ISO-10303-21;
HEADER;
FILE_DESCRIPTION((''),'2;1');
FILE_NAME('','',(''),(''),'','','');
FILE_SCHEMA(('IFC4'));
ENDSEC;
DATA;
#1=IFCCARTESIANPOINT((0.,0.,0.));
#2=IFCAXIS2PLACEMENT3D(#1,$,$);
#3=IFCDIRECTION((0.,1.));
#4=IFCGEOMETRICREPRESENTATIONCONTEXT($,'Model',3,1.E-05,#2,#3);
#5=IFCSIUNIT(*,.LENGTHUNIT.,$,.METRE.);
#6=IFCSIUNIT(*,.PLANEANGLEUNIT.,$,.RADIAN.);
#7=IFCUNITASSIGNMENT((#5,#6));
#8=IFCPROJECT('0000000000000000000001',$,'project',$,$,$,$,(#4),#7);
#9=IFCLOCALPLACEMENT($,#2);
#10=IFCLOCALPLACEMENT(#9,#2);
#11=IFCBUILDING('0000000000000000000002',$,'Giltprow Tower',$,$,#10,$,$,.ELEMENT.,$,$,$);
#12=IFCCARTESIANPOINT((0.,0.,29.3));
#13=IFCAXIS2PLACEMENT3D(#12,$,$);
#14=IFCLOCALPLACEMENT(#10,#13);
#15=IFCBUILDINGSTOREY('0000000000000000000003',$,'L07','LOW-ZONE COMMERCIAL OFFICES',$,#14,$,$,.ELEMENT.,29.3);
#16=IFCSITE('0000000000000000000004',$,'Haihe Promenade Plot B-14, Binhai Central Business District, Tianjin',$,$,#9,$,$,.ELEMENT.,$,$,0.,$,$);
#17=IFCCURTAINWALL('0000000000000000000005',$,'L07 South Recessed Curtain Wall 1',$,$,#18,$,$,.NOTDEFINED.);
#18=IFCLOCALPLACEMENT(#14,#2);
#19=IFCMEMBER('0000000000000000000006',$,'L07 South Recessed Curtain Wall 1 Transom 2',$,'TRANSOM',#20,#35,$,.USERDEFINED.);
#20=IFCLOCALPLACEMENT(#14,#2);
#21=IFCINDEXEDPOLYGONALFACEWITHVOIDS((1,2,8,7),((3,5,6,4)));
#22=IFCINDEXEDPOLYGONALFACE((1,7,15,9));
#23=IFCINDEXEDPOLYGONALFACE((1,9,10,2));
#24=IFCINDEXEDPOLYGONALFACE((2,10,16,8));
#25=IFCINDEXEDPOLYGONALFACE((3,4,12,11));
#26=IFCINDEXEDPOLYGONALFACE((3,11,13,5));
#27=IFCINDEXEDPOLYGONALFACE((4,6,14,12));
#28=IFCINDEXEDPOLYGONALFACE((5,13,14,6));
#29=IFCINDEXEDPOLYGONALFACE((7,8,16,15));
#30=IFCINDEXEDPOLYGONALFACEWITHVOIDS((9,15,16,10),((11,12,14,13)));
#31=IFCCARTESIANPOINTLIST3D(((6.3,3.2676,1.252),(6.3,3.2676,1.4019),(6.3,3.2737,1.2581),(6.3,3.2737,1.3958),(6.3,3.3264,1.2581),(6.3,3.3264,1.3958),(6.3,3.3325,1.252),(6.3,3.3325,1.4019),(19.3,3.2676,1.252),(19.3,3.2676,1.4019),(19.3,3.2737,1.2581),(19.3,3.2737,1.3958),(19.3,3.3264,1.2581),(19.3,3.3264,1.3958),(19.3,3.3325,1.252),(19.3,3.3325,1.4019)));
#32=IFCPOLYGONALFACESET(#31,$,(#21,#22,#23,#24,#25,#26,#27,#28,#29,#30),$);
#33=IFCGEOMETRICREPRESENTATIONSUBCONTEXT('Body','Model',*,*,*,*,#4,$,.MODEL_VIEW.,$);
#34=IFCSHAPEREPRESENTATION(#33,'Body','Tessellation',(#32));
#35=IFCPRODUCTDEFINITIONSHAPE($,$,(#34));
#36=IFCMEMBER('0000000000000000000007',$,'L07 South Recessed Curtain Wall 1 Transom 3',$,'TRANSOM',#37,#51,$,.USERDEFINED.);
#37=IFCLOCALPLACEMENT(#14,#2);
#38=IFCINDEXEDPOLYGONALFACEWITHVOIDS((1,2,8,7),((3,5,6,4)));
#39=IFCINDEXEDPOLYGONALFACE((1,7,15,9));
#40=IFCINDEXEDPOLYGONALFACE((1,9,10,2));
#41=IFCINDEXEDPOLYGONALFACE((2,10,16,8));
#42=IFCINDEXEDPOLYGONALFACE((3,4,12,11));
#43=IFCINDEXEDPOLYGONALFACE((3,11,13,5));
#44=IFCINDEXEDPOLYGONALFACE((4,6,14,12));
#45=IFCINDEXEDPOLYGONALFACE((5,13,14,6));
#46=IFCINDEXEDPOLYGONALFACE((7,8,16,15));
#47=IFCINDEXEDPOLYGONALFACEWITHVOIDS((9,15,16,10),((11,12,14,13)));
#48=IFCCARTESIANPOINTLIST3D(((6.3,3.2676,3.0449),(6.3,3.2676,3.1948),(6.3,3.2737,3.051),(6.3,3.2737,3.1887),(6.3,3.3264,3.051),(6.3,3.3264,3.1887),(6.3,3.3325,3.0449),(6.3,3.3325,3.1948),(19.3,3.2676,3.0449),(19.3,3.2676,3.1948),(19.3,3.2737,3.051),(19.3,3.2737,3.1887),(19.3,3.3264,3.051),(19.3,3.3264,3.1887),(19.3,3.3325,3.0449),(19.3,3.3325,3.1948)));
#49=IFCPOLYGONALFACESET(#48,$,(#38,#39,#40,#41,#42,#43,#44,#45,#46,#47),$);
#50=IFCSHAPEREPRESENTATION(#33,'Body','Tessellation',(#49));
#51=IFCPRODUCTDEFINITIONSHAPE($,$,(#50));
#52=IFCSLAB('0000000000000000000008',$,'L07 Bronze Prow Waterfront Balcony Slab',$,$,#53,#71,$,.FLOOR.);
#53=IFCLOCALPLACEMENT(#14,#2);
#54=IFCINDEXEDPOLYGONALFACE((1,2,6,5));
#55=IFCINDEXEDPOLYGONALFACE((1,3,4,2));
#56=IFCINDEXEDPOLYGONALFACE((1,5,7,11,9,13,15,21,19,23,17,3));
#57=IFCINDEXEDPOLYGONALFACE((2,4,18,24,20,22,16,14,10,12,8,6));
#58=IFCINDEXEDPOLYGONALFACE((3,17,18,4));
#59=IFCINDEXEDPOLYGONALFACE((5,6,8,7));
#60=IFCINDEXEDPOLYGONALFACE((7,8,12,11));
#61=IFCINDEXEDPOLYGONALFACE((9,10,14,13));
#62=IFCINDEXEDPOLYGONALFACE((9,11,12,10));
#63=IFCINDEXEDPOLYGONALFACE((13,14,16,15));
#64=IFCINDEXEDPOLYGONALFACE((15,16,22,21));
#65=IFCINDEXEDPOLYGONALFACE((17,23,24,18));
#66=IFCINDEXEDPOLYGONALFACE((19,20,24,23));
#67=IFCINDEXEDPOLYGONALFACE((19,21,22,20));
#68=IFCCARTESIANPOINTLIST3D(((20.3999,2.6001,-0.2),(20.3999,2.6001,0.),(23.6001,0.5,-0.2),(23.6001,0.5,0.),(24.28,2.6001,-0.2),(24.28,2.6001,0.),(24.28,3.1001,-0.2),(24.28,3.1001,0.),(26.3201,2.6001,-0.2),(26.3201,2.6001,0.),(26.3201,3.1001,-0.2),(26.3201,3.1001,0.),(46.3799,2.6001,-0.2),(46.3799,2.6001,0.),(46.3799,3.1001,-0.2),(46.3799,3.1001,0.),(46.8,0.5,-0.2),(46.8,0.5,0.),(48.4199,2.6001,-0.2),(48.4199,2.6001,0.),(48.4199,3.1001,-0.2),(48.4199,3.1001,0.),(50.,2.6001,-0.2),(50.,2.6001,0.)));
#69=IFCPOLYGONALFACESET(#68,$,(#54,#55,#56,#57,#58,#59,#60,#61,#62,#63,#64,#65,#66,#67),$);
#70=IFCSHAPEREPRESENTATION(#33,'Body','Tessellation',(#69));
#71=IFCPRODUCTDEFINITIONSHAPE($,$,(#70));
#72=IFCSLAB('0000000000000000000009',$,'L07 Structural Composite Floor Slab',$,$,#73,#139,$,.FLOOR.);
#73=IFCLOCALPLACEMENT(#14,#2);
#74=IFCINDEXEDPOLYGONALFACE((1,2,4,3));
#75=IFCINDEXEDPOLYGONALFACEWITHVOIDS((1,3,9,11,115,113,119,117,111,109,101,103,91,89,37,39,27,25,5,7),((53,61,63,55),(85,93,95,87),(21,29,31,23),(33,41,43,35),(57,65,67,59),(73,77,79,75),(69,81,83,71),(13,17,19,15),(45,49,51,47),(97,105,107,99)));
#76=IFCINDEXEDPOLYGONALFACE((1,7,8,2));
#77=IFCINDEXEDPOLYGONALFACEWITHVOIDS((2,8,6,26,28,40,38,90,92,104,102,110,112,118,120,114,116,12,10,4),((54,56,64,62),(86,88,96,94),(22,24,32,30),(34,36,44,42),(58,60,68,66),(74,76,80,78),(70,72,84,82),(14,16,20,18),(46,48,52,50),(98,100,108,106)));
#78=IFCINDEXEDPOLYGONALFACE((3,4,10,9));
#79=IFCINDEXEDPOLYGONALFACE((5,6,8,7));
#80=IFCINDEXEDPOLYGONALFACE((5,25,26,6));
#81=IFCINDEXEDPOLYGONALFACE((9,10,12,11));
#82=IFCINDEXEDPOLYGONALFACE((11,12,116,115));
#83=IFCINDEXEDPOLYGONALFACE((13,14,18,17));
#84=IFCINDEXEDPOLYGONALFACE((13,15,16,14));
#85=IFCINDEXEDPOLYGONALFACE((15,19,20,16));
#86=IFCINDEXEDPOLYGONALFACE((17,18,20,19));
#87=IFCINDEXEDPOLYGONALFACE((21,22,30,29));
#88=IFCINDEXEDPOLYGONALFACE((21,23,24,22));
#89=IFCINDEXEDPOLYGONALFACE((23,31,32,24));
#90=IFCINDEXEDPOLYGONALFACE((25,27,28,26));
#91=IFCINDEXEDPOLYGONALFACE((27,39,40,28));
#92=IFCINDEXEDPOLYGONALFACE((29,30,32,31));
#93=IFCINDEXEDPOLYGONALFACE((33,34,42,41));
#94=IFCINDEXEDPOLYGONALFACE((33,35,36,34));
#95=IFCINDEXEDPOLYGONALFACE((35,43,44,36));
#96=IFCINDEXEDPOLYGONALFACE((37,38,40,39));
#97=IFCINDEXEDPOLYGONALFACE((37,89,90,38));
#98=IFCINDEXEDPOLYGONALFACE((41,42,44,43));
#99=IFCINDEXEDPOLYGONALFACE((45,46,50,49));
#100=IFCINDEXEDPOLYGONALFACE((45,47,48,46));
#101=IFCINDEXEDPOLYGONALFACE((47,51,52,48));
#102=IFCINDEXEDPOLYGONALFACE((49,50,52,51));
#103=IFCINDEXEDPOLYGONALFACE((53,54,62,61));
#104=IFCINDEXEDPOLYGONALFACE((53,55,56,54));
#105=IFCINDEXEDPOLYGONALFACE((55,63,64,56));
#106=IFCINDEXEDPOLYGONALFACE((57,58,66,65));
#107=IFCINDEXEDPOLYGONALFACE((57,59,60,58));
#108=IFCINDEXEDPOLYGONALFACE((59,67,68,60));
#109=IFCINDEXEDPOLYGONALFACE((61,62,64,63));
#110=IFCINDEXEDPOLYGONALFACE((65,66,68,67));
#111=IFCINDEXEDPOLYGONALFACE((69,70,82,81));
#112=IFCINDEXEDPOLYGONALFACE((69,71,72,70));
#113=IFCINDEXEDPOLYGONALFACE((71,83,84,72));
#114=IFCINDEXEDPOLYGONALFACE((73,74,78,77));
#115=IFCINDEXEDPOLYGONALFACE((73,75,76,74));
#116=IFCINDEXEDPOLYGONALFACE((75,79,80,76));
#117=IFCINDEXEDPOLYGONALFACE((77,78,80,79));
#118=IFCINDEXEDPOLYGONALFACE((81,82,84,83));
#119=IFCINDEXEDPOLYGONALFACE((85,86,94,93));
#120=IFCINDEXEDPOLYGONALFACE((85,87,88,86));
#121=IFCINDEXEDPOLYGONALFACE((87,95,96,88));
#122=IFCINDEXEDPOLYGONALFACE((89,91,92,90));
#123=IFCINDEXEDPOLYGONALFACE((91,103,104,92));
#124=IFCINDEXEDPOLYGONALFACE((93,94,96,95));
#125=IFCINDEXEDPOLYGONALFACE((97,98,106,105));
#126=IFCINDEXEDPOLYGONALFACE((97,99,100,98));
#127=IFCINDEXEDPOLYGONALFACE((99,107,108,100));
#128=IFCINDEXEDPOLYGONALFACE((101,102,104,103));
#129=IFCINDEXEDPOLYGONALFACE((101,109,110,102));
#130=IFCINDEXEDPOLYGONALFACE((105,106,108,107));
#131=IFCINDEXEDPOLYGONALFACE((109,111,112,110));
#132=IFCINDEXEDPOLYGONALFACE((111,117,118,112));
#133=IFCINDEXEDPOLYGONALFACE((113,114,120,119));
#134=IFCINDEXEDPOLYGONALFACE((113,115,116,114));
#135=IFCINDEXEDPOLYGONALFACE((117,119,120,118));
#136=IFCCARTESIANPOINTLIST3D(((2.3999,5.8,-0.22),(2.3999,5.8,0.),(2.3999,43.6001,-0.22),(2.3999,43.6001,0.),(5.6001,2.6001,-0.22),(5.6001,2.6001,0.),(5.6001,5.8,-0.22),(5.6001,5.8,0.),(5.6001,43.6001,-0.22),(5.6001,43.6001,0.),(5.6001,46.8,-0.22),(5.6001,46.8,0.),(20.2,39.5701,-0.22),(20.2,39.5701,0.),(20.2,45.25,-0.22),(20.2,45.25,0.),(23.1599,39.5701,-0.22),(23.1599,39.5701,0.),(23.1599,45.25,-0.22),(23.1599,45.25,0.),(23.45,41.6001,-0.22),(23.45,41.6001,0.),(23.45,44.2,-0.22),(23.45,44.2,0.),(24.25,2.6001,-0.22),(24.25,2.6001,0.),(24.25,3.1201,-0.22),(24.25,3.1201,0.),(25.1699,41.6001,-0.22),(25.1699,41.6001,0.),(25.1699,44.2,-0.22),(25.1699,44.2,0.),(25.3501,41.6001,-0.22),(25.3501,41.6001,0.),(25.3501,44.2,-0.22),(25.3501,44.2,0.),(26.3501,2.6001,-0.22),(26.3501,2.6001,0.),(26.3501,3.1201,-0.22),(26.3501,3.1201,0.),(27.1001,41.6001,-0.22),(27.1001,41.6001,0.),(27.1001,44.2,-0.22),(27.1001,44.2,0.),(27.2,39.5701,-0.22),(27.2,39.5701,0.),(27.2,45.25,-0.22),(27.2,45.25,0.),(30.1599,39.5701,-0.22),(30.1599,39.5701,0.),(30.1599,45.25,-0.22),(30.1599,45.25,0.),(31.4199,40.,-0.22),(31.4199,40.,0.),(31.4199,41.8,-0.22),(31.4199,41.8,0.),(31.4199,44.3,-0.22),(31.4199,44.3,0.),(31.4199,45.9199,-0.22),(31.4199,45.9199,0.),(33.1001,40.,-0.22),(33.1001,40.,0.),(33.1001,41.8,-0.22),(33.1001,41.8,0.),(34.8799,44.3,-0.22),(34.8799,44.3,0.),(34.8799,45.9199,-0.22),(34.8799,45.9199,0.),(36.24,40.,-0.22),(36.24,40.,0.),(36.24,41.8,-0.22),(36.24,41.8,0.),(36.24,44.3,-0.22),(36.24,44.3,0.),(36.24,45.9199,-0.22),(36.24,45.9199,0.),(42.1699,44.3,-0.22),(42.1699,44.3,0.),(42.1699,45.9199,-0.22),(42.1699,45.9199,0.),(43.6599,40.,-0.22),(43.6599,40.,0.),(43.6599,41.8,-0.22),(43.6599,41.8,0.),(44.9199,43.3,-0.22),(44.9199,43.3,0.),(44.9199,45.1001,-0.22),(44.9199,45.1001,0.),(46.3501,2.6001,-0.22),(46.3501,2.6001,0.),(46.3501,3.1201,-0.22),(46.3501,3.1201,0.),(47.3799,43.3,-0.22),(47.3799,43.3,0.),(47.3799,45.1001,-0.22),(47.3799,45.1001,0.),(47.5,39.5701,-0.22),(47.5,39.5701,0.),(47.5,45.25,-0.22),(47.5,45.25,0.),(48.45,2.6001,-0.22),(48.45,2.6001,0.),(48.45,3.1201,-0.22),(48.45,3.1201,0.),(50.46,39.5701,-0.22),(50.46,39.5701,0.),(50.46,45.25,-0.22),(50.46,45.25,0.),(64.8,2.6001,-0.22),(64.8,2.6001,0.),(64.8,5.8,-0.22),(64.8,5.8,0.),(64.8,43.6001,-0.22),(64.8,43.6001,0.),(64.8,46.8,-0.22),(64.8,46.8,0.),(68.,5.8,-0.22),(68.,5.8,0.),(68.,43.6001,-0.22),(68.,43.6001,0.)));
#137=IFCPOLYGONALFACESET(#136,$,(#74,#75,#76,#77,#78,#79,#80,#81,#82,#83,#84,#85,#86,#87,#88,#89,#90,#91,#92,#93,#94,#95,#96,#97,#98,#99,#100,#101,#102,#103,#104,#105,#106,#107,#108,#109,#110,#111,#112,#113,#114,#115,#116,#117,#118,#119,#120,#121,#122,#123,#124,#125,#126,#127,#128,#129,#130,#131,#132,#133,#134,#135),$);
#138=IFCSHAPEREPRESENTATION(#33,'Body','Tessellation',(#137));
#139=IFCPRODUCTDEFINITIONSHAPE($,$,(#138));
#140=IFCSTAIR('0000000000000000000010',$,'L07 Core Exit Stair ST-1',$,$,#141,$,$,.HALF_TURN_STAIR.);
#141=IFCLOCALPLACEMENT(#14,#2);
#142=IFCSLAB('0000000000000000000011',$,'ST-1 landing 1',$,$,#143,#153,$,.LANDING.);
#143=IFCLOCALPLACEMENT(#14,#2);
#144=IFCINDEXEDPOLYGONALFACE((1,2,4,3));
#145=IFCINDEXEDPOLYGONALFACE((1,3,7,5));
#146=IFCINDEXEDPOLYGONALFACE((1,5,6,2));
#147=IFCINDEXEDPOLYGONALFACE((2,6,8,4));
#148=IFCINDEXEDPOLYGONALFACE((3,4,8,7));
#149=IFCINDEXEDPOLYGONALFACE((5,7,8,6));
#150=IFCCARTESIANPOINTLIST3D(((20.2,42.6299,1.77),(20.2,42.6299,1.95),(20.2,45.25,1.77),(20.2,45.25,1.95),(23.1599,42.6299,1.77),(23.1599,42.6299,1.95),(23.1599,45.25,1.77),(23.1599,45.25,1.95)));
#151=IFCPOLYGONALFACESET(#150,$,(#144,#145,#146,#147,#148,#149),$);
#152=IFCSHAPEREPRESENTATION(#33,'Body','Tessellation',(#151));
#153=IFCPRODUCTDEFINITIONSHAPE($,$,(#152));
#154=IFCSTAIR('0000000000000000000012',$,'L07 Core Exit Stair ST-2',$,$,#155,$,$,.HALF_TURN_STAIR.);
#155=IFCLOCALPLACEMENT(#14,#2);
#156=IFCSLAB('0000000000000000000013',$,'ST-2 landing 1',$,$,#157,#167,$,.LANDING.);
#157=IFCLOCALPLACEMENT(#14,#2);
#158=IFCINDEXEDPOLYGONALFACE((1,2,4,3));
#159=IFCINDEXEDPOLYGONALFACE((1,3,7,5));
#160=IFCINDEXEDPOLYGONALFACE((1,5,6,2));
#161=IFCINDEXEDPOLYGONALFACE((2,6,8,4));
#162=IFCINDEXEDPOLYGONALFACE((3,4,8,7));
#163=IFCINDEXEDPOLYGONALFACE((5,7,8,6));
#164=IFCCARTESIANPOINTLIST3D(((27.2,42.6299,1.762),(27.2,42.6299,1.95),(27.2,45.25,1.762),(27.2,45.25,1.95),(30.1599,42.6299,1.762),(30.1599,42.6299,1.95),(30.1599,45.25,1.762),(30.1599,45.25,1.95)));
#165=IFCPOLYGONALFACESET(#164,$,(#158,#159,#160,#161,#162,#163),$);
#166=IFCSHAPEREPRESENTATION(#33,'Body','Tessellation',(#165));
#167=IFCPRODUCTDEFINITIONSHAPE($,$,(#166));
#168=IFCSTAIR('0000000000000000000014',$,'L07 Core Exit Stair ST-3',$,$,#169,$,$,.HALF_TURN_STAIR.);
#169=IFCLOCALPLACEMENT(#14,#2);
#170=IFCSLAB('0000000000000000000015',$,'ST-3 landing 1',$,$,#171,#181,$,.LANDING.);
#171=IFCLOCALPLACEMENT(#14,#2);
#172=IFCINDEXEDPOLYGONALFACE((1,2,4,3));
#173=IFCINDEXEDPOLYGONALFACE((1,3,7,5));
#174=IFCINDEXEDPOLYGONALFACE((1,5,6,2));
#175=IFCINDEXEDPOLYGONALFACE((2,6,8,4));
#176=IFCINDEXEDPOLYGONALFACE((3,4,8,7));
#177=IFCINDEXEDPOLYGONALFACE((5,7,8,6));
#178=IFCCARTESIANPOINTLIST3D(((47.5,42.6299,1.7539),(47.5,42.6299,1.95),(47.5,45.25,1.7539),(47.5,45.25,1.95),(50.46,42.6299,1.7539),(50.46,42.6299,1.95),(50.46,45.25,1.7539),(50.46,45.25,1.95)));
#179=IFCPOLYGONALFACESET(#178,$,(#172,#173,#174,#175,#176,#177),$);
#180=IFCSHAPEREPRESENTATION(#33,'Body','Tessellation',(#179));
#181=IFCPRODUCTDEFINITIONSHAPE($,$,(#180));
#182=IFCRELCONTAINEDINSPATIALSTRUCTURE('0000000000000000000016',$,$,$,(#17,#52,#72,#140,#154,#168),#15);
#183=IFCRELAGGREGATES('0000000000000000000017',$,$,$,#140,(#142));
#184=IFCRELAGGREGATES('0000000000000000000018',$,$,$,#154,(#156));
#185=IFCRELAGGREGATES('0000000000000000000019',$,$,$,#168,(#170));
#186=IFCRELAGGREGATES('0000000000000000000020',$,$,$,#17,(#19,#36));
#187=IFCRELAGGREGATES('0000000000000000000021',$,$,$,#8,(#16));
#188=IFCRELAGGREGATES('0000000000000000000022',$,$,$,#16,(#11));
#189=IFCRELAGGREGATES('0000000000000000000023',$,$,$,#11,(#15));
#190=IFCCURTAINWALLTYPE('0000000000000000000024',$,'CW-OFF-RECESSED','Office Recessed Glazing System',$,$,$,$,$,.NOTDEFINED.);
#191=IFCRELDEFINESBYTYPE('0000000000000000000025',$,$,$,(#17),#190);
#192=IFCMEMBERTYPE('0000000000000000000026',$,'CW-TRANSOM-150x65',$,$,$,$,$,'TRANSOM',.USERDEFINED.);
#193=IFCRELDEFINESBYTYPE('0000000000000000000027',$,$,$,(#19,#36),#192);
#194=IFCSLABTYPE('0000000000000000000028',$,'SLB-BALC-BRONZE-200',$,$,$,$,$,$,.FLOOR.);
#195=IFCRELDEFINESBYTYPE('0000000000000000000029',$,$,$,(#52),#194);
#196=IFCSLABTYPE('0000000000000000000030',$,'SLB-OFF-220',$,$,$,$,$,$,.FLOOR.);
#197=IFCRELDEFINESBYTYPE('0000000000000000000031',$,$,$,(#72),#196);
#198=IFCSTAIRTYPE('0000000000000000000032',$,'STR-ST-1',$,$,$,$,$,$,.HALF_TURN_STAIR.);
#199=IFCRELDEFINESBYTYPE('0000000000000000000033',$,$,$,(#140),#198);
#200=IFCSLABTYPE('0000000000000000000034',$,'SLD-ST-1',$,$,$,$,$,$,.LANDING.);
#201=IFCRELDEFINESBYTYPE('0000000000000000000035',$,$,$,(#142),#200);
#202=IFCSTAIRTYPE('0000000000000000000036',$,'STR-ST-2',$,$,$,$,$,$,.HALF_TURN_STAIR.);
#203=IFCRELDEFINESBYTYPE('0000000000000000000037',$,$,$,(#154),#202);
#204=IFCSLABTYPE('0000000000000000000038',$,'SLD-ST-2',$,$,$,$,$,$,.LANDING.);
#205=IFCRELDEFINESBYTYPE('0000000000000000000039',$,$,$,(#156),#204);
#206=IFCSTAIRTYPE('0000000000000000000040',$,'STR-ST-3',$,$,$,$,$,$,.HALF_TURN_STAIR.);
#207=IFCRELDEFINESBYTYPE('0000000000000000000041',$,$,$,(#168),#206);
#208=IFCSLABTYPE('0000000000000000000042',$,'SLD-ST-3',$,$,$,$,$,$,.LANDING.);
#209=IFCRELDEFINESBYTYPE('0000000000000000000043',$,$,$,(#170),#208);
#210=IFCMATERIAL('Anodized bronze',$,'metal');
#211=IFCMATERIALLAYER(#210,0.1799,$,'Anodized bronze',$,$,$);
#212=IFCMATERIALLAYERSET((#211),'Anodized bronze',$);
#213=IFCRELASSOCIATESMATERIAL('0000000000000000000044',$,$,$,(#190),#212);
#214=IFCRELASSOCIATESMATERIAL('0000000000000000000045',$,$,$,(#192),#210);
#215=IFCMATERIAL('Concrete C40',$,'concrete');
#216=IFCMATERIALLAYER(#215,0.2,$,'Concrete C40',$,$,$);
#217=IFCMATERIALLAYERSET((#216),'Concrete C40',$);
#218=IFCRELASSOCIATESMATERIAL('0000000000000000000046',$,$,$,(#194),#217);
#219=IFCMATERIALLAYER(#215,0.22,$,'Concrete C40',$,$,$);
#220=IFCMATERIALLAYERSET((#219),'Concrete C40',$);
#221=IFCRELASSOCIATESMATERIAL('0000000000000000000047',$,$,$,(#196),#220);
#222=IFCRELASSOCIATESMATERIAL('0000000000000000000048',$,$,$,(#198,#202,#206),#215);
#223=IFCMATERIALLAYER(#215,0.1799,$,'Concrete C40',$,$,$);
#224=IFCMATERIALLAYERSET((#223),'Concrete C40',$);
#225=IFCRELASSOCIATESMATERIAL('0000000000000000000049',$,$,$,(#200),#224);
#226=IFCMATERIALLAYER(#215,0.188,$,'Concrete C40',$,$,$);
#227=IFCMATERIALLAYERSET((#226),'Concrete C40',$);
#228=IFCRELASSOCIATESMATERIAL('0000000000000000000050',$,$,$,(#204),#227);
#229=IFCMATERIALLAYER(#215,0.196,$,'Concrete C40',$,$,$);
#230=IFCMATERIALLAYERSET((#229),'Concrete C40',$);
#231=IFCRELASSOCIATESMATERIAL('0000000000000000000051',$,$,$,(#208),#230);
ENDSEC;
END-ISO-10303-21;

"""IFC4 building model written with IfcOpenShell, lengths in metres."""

from ifc_helpers import new_model, si_unit, direction, frame, origin, origin_2d, place, context, subcontext, project, spatial, polyline, hollow_rectangle, outline, extrude, source, transform, mapped, material, layer, layer_set, material_profile, profile_set, type_object, element, aggregate, save


model = new_model("IFC4")

# Units and contexts
model_context = context("Model", 3, precision=1e-05, world=origin(), true_north=direction((0.0, 1.0)))
body_context = subcontext(model_context, "Body", "Model", "MODEL_VIEW")
ifc_project = project(units=[si_unit("LENGTHUNIT", "METRE"), si_unit("PLANEANGLEUNIT", "RADIAN")], contexts=[model_context])

# Site, building, storey
site_placement = place(None, origin())
site = spatial("IfcSite", under=ifc_project, at=site_placement, Name="Haihe Promenade Plot B-14, Binhai Central Business District, Tianjin", CompositionType="ELEMENT", RefElevation=0.0)
building_placement = place(site_placement, origin())
building = spatial("IfcBuilding", under=site, at=building_placement, Name="Giltprow Tower", CompositionType="ELEMENT")
storey_placement = place(building_placement, frame((0.0, 0.0, 29.3)))
storey = spatial("IfcBuildingStorey", under=building, at=storey_placement, Name="L07", Description="LOW-ZONE COMMERCIAL OFFICES", CompositionType="ELEMENT", Elevation=29.3)

# Curtain wall, members
ifc_material_1 = material(Name="Anodized bronze", Category="metal")
ifc_layer_1 = layer(ifc_material_1, 0.1799, Name="Anodized bronze")
ifc_layer_set_1 = layer_set([ifc_layer_1], Name="Anodized bronze")
curtain_wall_type = type_object("IfcCurtainWallType", Name="CW-OFF-RECESSED", Description="Office Recessed Glazing System", PredefinedType="NOTDEFINED", material=ifc_layer_set_1)
curtain_wall_placement = place(storey_placement, origin())
curtain_wall = element("IfcCurtainWall", 1, at=curtain_wall_placement, inside=storey, type_object=curtain_wall_type, Name="L07 South Recessed Curtain Wall 1", PredefinedType="NOTDEFINED")
ifc_material_profile_1 = material_profile(ifc_material_1, hollow_rectangle(XDim=0.0649, YDim=0.1499, WallThickness=0.0061, at=origin_2d()), Name="RHS 150x65x6")
ifc_profile_set_1 = profile_set([ifc_material_profile_1], Name="Anodized bronze")
member_type_1 = type_object("IfcMemberType", Name="CW-TRANSOM-150x65", ElementType="TRANSOM", PredefinedType="USERDEFINED", material=ifc_profile_set_1)
shared_shape_1 = source(origin(), body_context, "Body", "SweptSolid", [
    extrude(hollow_rectangle(XDim=0.0649, YDim=0.1499, WallThickness=0.0061, at=origin_2d()), origin(), (0.0, 0.0, 1.0), 13.0),
])
member_1_placement = place(storey_placement, frame((6.3, 3.3, 1.3269), z_axis=(1.0, 0.0, 0.0), x_axis=(0.0, 1.0, 0.0)))
member_1 = element("IfcMember", 2, at=member_1_placement, type_object=member_type_1, Name="L07 South Recessed Curtain Wall 1 Transom 2", ObjectType="TRANSOM", PredefinedType="USERDEFINED", context=body_context, shape_type="MappedRepresentation", body=[
    mapped(shared_shape_1, transform((0.0, 0.0, 0.0), x_axis=(1.0, 0.0, 0.0), y_axis=(0.0, 1.0, 0.0), z_axis=(0.0, 0.0, 1.0), scale=1.0)),
])
member_2_placement = place(storey_placement, frame((6.3, 3.3, 3.1199), z_axis=(1.0, 0.0, 0.0), x_axis=(0.0, 1.0, 0.0)))
member_2 = element("IfcMember", 3, at=member_2_placement, type_object=member_type_1, Name="L07 South Recessed Curtain Wall 1 Transom 3", ObjectType="TRANSOM", PredefinedType="USERDEFINED", context=body_context, shape_type="MappedRepresentation", body=[
    mapped(shared_shape_1, transform((0.0, 0.0, 0.0), x_axis=(1.0, 0.0, 0.0), y_axis=(0.0, 1.0, 0.0), z_axis=(0.0, 0.0, 1.0), scale=1.0)),
])

# Slabs
ifc_material_2 = material(Name="Concrete C40", Category="concrete")
ifc_layer_2 = layer(ifc_material_2, 0.2, Name="Concrete C40")
ifc_layer_set_2 = layer_set([ifc_layer_2], Name="Concrete C40")
slab_type_1 = type_object("IfcSlabType", Name="SLB-BALC-BRONZE-200", PredefinedType="FLOOR", material=ifc_layer_set_2)
slab_1_placement = place(storey_placement, frame((0.0, 0.0, -0.2)))
element("IfcSlab", 4, at=slab_1_placement, inside=storey, type_object=slab_type_1, Name="L07 Bronze Prow Waterfront Balcony Slab", PredefinedType="FLOOR", context=body_context, shape_type="SweptSolid", body=[
    extrude(outline(polyline([(50.0, 2.6001), (46.8, 0.5), (23.6001, 0.5), (20.3999, 2.6001), (24.28, 2.6001), (24.28, 3.1001), (26.3201, 3.1001), (26.3201, 2.6001), (46.3799, 2.6001), (46.3799, 3.1001), (48.4199, 3.1001), (48.4199, 2.6001), (50.0, 2.6001)])), origin(), (0.0, 0.0, 1.0), 0.2),
])
ifc_layer_3 = layer(ifc_material_2, 0.22, Name="Concrete C40")
ifc_layer_set_3 = layer_set([ifc_layer_3], Name="Concrete C40")
slab_type_2 = type_object("IfcSlabType", Name="SLB-OFF-220", PredefinedType="FLOOR", material=ifc_layer_set_3)
slab_2_placement = place(storey_placement, frame((0.0, 0.0, -0.22)))
element("IfcSlab", 5, at=slab_2_placement, inside=storey, type_object=slab_type_2, Name="L07 Structural Composite Floor Slab", PredefinedType="FLOOR", context=body_context, shape_type="SweptSolid", body=[
    extrude(outline(polyline([(5.6001, 2.6001), (5.6001, 5.8), (2.3999, 5.8), (2.3999, 43.6001), (5.6001, 43.6001), (5.6001, 46.8), (64.8, 46.8), (64.8, 43.6001), (68.0, 43.6001), (68.0, 5.8), (64.8, 5.8), (64.8, 2.6001), (48.45, 2.6001), (48.45, 3.1201), (46.3501, 3.1201), (46.3501, 2.6001), (26.3501, 2.6001), (26.3501, 3.1201), (24.25, 3.1201), (24.25, 2.6001), (5.6001, 2.6001)]), holes=[polyline([(33.1001, 41.8), (31.4199, 41.8), (31.4199, 40.0), (33.1001, 40.0), (33.1001, 41.8)]), polyline([(23.1599, 39.5701), (23.1599, 45.25), (20.2, 45.25), (20.2, 39.5701), (23.1599, 39.5701)]), polyline([(30.1599, 45.25), (27.2, 45.25), (27.2, 39.5701), (30.1599, 39.5701), (30.1599, 45.25)]), polyline([(25.1699, 41.6001), (25.1699, 44.2), (23.45, 44.2), (23.45, 41.6001), (25.1699, 41.6001)]), polyline([(27.1001, 41.6001), (27.1001, 44.2), (25.3501, 44.2), (25.3501, 41.6001), (27.1001, 41.6001)]), polyline([(43.6599, 40.0), (43.6599, 41.8), (36.24, 41.8), (36.24, 40.0), (43.6599, 40.0)]), polyline([(50.46, 39.5701), (50.46, 45.25), (47.5, 45.25), (47.5, 39.5701), (50.46, 39.5701)]), polyline([(47.3799, 45.1001), (44.9199, 45.1001), (44.9199, 43.3), (47.3799, 43.3), (47.3799, 45.1001)]), polyline([(34.8799, 44.3), (34.8799, 45.9199), (31.4199, 45.9199), (31.4199, 44.3), (34.8799, 44.3)]), polyline([(42.1699, 44.3), (42.1699, 45.9199), (36.24, 45.9199), (36.24, 44.3), (42.1699, 44.3)])]), origin(), (0.0, 0.0, 1.0), 0.22),
])

# Stairs, slabs
stair_type_1 = type_object("IfcStairType", Name="STR-ST-1", PredefinedType="HALF_TURN_STAIR", material=ifc_material_2)
stair_1_placement = place(storey_placement, origin())
stair_1 = element("IfcStair", 6, at=stair_1_placement, inside=storey, type_object=stair_type_1, Name="L07 Core Exit Stair ST-1", PredefinedType="HALF_TURN_STAIR")
ifc_layer_4 = layer(ifc_material_2, 0.1799, Name="Concrete C40")
ifc_layer_set_4 = layer_set([ifc_layer_4], Name="Concrete C40")
slab_type_3 = type_object("IfcSlabType", Name="SLD-ST-1", PredefinedType="LANDING", material=ifc_layer_set_4)
slab_3_placement = place(storey_placement, frame((0.0, 0.0, 1.77)))
slab_3 = element("IfcSlab", 7, at=slab_3_placement, type_object=slab_type_3, Name="ST-1 landing 1", PredefinedType="LANDING", context=body_context, shape_type="SweptSolid", body=[
    extrude(outline(polyline([(23.1599, 42.6299), (23.1599, 45.25), (20.2, 45.25), (20.2, 42.6299), (23.1599, 42.6299)])), origin(), (0.0, 0.0, 1.0), 0.1799),
])
aggregate(stair_1, [slab_3])
stair_type_2 = type_object("IfcStairType", Name="STR-ST-2", PredefinedType="HALF_TURN_STAIR", material=ifc_material_2)
stair_2_placement = place(storey_placement, origin())
stair_2 = element("IfcStair", 8, at=stair_2_placement, inside=storey, type_object=stair_type_2, Name="L07 Core Exit Stair ST-2", PredefinedType="HALF_TURN_STAIR")
ifc_layer_5 = layer(ifc_material_2, 0.188, Name="Concrete C40")
ifc_layer_set_5 = layer_set([ifc_layer_5], Name="Concrete C40")
slab_type_4 = type_object("IfcSlabType", Name="SLD-ST-2", PredefinedType="LANDING", material=ifc_layer_set_5)
slab_4_placement = place(storey_placement, frame((0.0, 0.0, 1.762)))
slab_4 = element("IfcSlab", 9, at=slab_4_placement, type_object=slab_type_4, Name="ST-2 landing 1", PredefinedType="LANDING", context=body_context, shape_type="SweptSolid", body=[
    extrude(outline(polyline([(30.1599, 42.6299), (30.1599, 45.25), (27.2, 45.25), (27.2, 42.6299), (30.1599, 42.6299)])), origin(), (0.0, 0.0, 1.0), 0.188),
])
aggregate(stair_2, [slab_4])
stair_type_3 = type_object("IfcStairType", Name="STR-ST-3", PredefinedType="HALF_TURN_STAIR", material=ifc_material_2)
stair_3_placement = place(storey_placement, origin())
stair_3 = element("IfcStair", 10, at=stair_3_placement, inside=storey, type_object=stair_type_3, Name="L07 Core Exit Stair ST-3", PredefinedType="HALF_TURN_STAIR")
ifc_layer_6 = layer(ifc_material_2, 0.196, Name="Concrete C40")
ifc_layer_set_6 = layer_set([ifc_layer_6], Name="Concrete C40")
slab_type_5 = type_object("IfcSlabType", Name="SLD-ST-3", PredefinedType="LANDING", material=ifc_layer_set_6)
slab_5_placement = place(storey_placement, frame((0.0, 0.0, 1.7539)))
slab_5 = element("IfcSlab", 11, at=slab_5_placement, type_object=slab_type_5, Name="ST-3 landing 1", PredefinedType="LANDING", context=body_context, shape_type="SweptSolid", body=[
    extrude(outline(polyline([(50.46, 42.6299), (50.46, 45.25), (47.5, 45.25), (47.5, 42.6299), (50.46, 42.6299)])), origin(), (0.0, 0.0, 1.0), 0.196),
])
aggregate(stair_3, [slab_5])

aggregate(curtain_wall, [member_1, member_2])

save(model, "model.ifc")
